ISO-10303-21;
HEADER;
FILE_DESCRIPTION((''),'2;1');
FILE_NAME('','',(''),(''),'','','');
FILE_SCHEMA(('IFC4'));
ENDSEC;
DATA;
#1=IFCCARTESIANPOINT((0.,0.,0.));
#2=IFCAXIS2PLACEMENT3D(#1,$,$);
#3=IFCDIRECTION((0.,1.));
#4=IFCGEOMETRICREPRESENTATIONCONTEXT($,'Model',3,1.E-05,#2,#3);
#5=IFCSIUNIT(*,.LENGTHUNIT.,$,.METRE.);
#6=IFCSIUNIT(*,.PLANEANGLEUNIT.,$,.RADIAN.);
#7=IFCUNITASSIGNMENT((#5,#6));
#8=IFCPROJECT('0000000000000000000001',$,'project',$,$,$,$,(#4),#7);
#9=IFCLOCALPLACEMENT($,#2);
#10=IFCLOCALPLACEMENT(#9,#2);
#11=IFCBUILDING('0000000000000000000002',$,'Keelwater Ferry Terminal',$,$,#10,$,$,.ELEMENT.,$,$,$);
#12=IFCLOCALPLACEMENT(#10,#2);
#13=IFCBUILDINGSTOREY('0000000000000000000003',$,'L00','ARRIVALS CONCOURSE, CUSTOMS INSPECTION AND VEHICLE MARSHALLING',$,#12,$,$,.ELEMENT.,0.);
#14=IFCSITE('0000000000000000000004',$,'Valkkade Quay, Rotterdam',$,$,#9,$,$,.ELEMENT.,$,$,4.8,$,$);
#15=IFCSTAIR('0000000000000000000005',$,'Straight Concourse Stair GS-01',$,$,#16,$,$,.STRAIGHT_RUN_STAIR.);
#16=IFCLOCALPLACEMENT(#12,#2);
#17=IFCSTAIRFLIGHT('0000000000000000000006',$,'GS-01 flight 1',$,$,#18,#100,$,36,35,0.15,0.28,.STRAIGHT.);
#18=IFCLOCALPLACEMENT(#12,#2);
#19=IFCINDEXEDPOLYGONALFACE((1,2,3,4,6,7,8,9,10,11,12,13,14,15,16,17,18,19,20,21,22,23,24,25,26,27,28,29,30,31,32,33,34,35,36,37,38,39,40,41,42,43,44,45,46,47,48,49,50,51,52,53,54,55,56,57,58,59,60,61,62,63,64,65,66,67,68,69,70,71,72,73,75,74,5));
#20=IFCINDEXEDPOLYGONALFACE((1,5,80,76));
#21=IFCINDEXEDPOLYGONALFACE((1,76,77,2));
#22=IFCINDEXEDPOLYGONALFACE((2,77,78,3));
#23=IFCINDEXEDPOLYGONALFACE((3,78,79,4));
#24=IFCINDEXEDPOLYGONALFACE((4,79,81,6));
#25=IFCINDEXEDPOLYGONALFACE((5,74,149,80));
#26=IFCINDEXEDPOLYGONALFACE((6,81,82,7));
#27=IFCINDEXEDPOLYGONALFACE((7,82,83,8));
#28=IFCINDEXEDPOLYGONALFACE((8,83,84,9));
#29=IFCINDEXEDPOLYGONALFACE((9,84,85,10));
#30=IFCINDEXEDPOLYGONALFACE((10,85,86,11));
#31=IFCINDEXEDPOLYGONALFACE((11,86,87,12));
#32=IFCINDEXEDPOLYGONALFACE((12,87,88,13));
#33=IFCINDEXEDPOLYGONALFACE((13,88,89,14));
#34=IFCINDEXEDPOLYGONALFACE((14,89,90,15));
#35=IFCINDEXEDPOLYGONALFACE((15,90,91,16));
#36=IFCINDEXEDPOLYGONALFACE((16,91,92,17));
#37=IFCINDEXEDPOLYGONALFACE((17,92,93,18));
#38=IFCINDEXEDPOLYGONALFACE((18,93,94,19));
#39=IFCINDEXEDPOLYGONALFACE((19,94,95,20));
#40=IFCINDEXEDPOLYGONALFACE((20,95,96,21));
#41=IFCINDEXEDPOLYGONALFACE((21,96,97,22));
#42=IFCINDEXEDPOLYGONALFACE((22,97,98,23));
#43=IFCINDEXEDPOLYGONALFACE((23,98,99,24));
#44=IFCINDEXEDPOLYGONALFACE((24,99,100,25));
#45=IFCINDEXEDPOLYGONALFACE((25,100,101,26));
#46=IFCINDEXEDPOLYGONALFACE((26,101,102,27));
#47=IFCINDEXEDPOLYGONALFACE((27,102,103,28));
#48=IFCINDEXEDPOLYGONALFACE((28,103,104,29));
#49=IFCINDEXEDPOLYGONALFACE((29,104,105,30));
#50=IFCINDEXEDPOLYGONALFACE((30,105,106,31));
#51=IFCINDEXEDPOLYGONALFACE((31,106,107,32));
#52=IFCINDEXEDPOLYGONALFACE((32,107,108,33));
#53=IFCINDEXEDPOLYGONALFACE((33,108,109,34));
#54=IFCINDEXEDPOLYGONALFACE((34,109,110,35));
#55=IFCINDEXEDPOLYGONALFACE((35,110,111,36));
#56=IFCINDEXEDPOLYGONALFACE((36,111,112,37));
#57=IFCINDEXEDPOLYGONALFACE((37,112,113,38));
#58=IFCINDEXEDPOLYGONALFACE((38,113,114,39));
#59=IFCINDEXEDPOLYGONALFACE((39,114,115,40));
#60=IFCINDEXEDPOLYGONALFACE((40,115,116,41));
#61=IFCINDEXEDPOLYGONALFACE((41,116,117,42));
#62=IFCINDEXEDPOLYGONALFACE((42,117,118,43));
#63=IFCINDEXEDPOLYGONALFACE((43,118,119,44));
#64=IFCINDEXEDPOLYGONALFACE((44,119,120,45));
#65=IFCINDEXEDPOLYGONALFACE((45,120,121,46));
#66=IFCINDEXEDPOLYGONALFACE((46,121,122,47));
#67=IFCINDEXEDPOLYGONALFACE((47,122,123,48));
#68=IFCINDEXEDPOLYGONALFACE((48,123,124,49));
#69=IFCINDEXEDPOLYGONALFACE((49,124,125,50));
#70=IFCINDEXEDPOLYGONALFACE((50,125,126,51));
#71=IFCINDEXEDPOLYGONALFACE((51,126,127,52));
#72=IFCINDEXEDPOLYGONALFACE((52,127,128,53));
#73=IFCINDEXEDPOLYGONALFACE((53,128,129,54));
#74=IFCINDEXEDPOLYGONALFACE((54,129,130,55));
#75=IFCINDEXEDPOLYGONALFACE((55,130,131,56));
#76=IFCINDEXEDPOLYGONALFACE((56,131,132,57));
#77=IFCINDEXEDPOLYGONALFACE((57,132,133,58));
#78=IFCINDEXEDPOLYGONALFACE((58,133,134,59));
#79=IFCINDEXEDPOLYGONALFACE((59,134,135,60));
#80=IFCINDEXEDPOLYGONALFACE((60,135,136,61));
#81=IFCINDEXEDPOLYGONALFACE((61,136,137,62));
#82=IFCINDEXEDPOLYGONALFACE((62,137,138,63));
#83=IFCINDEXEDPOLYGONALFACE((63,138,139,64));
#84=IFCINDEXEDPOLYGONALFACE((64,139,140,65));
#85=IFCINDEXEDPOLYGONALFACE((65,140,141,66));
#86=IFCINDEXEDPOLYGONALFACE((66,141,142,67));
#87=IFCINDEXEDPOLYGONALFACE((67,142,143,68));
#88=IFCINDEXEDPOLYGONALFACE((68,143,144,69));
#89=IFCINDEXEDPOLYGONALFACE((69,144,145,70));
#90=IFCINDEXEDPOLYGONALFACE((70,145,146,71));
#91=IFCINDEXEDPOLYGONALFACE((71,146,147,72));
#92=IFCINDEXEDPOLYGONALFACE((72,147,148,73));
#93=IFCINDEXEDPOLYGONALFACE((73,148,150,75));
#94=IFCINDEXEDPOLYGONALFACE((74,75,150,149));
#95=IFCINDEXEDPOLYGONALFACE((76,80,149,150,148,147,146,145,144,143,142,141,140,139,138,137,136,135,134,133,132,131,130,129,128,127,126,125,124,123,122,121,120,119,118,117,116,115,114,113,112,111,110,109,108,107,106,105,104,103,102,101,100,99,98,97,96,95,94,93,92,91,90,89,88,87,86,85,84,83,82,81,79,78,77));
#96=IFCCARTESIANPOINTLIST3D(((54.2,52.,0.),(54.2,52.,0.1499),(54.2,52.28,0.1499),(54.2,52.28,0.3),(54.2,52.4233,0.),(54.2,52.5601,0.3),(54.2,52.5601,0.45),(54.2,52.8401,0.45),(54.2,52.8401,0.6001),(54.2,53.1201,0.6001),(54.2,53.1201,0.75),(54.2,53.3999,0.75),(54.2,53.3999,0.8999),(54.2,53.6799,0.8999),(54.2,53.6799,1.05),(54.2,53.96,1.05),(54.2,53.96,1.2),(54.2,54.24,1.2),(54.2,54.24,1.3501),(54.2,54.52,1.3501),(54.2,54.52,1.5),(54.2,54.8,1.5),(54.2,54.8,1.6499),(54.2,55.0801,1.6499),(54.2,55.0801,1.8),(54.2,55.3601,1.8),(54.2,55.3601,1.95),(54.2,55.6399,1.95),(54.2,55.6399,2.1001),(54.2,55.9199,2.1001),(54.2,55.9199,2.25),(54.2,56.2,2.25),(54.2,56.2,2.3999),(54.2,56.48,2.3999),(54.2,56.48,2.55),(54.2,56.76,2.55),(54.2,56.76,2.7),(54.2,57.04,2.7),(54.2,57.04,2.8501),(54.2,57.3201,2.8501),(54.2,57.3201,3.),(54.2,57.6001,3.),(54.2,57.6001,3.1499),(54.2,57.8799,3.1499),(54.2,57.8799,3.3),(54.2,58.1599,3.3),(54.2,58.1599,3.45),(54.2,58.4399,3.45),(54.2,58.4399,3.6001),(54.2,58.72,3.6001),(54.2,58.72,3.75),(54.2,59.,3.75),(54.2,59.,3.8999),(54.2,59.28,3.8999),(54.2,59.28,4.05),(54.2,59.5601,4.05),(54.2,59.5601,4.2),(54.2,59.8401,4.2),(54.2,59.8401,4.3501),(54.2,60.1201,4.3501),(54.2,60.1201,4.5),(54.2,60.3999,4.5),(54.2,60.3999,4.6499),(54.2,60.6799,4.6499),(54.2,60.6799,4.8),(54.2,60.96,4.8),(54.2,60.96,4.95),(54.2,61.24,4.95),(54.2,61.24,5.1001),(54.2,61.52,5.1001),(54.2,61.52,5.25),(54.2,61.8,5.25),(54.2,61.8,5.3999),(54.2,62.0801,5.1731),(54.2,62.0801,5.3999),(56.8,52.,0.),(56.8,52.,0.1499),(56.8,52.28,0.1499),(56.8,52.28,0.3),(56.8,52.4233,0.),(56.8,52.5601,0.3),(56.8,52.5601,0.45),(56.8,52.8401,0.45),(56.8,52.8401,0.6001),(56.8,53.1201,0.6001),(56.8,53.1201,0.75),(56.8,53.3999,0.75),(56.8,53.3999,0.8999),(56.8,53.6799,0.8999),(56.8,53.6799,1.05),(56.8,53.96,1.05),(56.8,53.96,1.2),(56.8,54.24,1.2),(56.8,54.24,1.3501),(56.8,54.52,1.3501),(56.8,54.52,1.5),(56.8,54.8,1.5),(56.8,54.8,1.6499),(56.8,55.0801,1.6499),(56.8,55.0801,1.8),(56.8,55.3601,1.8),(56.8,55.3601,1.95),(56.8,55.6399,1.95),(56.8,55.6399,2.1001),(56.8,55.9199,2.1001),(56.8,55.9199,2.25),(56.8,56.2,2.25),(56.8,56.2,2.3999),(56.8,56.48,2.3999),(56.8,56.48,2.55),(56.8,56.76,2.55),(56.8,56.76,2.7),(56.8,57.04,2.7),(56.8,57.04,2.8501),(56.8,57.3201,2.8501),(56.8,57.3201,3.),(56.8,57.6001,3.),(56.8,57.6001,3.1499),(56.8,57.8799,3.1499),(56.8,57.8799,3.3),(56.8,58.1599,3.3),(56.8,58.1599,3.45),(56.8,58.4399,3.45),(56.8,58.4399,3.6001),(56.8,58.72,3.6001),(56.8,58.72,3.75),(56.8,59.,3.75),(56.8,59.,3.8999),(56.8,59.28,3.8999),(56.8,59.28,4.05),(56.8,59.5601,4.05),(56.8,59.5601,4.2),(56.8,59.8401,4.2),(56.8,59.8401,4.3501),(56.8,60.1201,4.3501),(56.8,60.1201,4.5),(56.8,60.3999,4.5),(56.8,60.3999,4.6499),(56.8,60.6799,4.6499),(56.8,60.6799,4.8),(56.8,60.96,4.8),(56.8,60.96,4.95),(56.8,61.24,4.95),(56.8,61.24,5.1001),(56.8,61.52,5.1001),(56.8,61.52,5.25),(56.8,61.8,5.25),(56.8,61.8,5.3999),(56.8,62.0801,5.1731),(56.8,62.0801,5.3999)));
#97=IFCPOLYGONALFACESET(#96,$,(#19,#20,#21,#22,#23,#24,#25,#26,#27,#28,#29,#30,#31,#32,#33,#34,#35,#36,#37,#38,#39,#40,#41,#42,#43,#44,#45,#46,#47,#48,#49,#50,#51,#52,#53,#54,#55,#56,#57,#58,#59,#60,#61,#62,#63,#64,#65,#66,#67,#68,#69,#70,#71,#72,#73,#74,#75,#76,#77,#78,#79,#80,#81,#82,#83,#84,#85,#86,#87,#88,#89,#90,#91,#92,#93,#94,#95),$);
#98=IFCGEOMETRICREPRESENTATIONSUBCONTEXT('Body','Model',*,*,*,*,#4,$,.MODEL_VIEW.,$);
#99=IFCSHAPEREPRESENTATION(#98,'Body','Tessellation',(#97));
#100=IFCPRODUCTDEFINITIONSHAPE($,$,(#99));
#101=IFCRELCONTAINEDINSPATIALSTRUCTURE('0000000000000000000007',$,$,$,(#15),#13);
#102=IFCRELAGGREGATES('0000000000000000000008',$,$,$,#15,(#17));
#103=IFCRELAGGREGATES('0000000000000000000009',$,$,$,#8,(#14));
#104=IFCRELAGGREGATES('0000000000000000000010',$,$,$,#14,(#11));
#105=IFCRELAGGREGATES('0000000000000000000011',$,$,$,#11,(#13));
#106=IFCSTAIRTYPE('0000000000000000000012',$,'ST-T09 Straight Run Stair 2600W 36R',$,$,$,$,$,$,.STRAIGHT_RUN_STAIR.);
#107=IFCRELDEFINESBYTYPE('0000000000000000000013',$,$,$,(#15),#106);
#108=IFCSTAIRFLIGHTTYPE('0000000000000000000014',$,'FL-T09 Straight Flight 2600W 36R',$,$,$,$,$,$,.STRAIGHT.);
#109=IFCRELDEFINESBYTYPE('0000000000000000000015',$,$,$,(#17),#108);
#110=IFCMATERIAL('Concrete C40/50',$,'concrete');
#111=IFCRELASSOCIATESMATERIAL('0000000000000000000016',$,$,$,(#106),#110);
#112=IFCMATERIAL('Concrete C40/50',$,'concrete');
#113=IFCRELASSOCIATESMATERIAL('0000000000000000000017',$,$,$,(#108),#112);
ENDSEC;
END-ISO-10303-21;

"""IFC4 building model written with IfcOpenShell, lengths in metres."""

from ifc_helpers import new_model, si_unit, direction, frame, origin, place, context, subcontext, project, spatial, polyline, outline, extrude, material, type_object, element, aggregate, save


model = new_model("IFC4")

# Units and contexts
model_context = context("Model", 3, precision=1e-05, world=origin(), true_north=direction((0.0, 1.0)))
body_context = subcontext(model_context, "Body", "Model", "MODEL_VIEW")
ifc_project = project(units=[si_unit("LENGTHUNIT", "METRE"), si_unit("PLANEANGLEUNIT", "RADIAN")], contexts=[model_context])

# Site, building, storey
site_placement = place(None, origin())
site = spatial("IfcSite", under=ifc_project, at=site_placement, Name="Valkkade Quay, Rotterdam", CompositionType="ELEMENT", RefElevation=4.8)
building_placement = place(site_placement, origin())
building = spatial("IfcBuilding", under=site, at=building_placement, Name="Keelwater Ferry Terminal", CompositionType="ELEMENT")
storey_placement = place(building_placement, origin())
storey = spatial("IfcBuildingStorey", under=building, at=storey_placement, Name="L00", Description="ARRIVALS CONCOURSE, CUSTOMS INSPECTION AND VEHICLE MARSHALLING", CompositionType="ELEMENT", Elevation=0.0)

# Stair, stair flight
ifc_material_1 = material(Name="Concrete C40/50", Category="concrete")
stair_type = type_object("IfcStairType", Name="ST-T09 Straight Run Stair 2600W 36R", PredefinedType="STRAIGHT_RUN_STAIR", material=ifc_material_1)
stair_placement = place(storey_placement, origin())
stair = element("IfcStair", 1, at=stair_placement, inside=storey, type_object=stair_type, Name="Straight Concourse Stair GS-01", PredefinedType="STRAIGHT_RUN_STAIR")
ifc_material_2 = material(Name="Concrete C40/50", Category="concrete")
stair_flight_type = type_object("IfcStairFlightType", Name="FL-T09 Straight Flight 2600W 36R", PredefinedType="STRAIGHT", material=ifc_material_2)
stair_flight_placement = place(storey_placement, frame((55.5, 52.0, 0.0), z_axis=(0.0, 0.0, 1.0), x_axis=(0.0, 1.0, 0.0)))
stair_flight = element("IfcStairFlight", 2, at=stair_flight_placement, type_object=stair_flight_type, Name="GS-01 flight 1", NumberOfRisers=36, NumberOfTreads=35, PredefinedType="STRAIGHT", RiserHeight=0.15, TreadLength=0.28, context=body_context, shape_type="SweptSolid", body=[
    extrude(outline(polyline([(0.0, 0.0), (0.0, 0.1499), (0.28, 0.1499), (0.28, 0.3), (0.5601, 0.3), (0.5601, 0.45), (0.8401, 0.45), (0.8401, 0.6001), (1.1201, 0.6001), (1.1201, 0.75), (1.3999, 0.75), (1.3999, 0.8999), (1.6799, 0.8999), (1.6799, 1.05), (1.96, 1.05), (1.96, 1.2), (2.24, 1.2), (2.24, 1.3501), (2.52, 1.3501), (2.52, 1.5), (2.8, 1.5), (2.8, 1.6499), (3.0801, 1.6499), (3.0801, 1.8), (3.3601, 1.8), (3.3601, 1.95), (3.6399, 1.95), (3.6399, 2.1001), (3.9199, 2.1001), (3.9199, 2.25), (4.2, 2.25), (4.2, 2.3999), (4.48, 2.3999), (4.48, 2.55), (4.76, 2.55), (4.76, 2.7), (5.04, 2.7), (5.04, 2.8501), (5.3201, 2.8501), (5.3201, 3.0), (5.6001, 3.0), (5.6001, 3.1499), (5.8799, 3.1499), (5.8799, 3.3), (6.1599, 3.3), (6.1599, 3.45), (6.4399, 3.45), (6.4399, 3.6001), (6.72, 3.6001), (6.72, 3.75), (7.0, 3.75), (7.0, 3.8999), (7.28, 3.8999), (7.28, 4.05), (7.5601, 4.05), (7.5601, 4.2), (7.8401, 4.2), (7.8401, 4.3501), (8.1201, 4.3501), (8.1201, 4.5), (8.3999, 4.5), (8.3999, 4.6499), (8.6799, 4.6499), (8.6799, 4.8), (8.96, 4.8), (8.96, 4.95), (9.24, 4.95), (9.24, 5.1001), (9.52, 5.1001), (9.52, 5.25), (9.8, 5.25), (9.8, 5.3999), (10.0801, 5.3999), (10.0801, 5.1731), (0.4233, 0.0), (0.0, 0.0)])), frame((0.0, 1.3, 0.0), z_axis=(0.0, -1.0, 0.0), x_axis=(1.0, 0.0, 0.0)), (0.0, 0.0, 1.0), 2.6001),
])
aggregate(stair, [stair_flight])

save(model, "model.ifc")
